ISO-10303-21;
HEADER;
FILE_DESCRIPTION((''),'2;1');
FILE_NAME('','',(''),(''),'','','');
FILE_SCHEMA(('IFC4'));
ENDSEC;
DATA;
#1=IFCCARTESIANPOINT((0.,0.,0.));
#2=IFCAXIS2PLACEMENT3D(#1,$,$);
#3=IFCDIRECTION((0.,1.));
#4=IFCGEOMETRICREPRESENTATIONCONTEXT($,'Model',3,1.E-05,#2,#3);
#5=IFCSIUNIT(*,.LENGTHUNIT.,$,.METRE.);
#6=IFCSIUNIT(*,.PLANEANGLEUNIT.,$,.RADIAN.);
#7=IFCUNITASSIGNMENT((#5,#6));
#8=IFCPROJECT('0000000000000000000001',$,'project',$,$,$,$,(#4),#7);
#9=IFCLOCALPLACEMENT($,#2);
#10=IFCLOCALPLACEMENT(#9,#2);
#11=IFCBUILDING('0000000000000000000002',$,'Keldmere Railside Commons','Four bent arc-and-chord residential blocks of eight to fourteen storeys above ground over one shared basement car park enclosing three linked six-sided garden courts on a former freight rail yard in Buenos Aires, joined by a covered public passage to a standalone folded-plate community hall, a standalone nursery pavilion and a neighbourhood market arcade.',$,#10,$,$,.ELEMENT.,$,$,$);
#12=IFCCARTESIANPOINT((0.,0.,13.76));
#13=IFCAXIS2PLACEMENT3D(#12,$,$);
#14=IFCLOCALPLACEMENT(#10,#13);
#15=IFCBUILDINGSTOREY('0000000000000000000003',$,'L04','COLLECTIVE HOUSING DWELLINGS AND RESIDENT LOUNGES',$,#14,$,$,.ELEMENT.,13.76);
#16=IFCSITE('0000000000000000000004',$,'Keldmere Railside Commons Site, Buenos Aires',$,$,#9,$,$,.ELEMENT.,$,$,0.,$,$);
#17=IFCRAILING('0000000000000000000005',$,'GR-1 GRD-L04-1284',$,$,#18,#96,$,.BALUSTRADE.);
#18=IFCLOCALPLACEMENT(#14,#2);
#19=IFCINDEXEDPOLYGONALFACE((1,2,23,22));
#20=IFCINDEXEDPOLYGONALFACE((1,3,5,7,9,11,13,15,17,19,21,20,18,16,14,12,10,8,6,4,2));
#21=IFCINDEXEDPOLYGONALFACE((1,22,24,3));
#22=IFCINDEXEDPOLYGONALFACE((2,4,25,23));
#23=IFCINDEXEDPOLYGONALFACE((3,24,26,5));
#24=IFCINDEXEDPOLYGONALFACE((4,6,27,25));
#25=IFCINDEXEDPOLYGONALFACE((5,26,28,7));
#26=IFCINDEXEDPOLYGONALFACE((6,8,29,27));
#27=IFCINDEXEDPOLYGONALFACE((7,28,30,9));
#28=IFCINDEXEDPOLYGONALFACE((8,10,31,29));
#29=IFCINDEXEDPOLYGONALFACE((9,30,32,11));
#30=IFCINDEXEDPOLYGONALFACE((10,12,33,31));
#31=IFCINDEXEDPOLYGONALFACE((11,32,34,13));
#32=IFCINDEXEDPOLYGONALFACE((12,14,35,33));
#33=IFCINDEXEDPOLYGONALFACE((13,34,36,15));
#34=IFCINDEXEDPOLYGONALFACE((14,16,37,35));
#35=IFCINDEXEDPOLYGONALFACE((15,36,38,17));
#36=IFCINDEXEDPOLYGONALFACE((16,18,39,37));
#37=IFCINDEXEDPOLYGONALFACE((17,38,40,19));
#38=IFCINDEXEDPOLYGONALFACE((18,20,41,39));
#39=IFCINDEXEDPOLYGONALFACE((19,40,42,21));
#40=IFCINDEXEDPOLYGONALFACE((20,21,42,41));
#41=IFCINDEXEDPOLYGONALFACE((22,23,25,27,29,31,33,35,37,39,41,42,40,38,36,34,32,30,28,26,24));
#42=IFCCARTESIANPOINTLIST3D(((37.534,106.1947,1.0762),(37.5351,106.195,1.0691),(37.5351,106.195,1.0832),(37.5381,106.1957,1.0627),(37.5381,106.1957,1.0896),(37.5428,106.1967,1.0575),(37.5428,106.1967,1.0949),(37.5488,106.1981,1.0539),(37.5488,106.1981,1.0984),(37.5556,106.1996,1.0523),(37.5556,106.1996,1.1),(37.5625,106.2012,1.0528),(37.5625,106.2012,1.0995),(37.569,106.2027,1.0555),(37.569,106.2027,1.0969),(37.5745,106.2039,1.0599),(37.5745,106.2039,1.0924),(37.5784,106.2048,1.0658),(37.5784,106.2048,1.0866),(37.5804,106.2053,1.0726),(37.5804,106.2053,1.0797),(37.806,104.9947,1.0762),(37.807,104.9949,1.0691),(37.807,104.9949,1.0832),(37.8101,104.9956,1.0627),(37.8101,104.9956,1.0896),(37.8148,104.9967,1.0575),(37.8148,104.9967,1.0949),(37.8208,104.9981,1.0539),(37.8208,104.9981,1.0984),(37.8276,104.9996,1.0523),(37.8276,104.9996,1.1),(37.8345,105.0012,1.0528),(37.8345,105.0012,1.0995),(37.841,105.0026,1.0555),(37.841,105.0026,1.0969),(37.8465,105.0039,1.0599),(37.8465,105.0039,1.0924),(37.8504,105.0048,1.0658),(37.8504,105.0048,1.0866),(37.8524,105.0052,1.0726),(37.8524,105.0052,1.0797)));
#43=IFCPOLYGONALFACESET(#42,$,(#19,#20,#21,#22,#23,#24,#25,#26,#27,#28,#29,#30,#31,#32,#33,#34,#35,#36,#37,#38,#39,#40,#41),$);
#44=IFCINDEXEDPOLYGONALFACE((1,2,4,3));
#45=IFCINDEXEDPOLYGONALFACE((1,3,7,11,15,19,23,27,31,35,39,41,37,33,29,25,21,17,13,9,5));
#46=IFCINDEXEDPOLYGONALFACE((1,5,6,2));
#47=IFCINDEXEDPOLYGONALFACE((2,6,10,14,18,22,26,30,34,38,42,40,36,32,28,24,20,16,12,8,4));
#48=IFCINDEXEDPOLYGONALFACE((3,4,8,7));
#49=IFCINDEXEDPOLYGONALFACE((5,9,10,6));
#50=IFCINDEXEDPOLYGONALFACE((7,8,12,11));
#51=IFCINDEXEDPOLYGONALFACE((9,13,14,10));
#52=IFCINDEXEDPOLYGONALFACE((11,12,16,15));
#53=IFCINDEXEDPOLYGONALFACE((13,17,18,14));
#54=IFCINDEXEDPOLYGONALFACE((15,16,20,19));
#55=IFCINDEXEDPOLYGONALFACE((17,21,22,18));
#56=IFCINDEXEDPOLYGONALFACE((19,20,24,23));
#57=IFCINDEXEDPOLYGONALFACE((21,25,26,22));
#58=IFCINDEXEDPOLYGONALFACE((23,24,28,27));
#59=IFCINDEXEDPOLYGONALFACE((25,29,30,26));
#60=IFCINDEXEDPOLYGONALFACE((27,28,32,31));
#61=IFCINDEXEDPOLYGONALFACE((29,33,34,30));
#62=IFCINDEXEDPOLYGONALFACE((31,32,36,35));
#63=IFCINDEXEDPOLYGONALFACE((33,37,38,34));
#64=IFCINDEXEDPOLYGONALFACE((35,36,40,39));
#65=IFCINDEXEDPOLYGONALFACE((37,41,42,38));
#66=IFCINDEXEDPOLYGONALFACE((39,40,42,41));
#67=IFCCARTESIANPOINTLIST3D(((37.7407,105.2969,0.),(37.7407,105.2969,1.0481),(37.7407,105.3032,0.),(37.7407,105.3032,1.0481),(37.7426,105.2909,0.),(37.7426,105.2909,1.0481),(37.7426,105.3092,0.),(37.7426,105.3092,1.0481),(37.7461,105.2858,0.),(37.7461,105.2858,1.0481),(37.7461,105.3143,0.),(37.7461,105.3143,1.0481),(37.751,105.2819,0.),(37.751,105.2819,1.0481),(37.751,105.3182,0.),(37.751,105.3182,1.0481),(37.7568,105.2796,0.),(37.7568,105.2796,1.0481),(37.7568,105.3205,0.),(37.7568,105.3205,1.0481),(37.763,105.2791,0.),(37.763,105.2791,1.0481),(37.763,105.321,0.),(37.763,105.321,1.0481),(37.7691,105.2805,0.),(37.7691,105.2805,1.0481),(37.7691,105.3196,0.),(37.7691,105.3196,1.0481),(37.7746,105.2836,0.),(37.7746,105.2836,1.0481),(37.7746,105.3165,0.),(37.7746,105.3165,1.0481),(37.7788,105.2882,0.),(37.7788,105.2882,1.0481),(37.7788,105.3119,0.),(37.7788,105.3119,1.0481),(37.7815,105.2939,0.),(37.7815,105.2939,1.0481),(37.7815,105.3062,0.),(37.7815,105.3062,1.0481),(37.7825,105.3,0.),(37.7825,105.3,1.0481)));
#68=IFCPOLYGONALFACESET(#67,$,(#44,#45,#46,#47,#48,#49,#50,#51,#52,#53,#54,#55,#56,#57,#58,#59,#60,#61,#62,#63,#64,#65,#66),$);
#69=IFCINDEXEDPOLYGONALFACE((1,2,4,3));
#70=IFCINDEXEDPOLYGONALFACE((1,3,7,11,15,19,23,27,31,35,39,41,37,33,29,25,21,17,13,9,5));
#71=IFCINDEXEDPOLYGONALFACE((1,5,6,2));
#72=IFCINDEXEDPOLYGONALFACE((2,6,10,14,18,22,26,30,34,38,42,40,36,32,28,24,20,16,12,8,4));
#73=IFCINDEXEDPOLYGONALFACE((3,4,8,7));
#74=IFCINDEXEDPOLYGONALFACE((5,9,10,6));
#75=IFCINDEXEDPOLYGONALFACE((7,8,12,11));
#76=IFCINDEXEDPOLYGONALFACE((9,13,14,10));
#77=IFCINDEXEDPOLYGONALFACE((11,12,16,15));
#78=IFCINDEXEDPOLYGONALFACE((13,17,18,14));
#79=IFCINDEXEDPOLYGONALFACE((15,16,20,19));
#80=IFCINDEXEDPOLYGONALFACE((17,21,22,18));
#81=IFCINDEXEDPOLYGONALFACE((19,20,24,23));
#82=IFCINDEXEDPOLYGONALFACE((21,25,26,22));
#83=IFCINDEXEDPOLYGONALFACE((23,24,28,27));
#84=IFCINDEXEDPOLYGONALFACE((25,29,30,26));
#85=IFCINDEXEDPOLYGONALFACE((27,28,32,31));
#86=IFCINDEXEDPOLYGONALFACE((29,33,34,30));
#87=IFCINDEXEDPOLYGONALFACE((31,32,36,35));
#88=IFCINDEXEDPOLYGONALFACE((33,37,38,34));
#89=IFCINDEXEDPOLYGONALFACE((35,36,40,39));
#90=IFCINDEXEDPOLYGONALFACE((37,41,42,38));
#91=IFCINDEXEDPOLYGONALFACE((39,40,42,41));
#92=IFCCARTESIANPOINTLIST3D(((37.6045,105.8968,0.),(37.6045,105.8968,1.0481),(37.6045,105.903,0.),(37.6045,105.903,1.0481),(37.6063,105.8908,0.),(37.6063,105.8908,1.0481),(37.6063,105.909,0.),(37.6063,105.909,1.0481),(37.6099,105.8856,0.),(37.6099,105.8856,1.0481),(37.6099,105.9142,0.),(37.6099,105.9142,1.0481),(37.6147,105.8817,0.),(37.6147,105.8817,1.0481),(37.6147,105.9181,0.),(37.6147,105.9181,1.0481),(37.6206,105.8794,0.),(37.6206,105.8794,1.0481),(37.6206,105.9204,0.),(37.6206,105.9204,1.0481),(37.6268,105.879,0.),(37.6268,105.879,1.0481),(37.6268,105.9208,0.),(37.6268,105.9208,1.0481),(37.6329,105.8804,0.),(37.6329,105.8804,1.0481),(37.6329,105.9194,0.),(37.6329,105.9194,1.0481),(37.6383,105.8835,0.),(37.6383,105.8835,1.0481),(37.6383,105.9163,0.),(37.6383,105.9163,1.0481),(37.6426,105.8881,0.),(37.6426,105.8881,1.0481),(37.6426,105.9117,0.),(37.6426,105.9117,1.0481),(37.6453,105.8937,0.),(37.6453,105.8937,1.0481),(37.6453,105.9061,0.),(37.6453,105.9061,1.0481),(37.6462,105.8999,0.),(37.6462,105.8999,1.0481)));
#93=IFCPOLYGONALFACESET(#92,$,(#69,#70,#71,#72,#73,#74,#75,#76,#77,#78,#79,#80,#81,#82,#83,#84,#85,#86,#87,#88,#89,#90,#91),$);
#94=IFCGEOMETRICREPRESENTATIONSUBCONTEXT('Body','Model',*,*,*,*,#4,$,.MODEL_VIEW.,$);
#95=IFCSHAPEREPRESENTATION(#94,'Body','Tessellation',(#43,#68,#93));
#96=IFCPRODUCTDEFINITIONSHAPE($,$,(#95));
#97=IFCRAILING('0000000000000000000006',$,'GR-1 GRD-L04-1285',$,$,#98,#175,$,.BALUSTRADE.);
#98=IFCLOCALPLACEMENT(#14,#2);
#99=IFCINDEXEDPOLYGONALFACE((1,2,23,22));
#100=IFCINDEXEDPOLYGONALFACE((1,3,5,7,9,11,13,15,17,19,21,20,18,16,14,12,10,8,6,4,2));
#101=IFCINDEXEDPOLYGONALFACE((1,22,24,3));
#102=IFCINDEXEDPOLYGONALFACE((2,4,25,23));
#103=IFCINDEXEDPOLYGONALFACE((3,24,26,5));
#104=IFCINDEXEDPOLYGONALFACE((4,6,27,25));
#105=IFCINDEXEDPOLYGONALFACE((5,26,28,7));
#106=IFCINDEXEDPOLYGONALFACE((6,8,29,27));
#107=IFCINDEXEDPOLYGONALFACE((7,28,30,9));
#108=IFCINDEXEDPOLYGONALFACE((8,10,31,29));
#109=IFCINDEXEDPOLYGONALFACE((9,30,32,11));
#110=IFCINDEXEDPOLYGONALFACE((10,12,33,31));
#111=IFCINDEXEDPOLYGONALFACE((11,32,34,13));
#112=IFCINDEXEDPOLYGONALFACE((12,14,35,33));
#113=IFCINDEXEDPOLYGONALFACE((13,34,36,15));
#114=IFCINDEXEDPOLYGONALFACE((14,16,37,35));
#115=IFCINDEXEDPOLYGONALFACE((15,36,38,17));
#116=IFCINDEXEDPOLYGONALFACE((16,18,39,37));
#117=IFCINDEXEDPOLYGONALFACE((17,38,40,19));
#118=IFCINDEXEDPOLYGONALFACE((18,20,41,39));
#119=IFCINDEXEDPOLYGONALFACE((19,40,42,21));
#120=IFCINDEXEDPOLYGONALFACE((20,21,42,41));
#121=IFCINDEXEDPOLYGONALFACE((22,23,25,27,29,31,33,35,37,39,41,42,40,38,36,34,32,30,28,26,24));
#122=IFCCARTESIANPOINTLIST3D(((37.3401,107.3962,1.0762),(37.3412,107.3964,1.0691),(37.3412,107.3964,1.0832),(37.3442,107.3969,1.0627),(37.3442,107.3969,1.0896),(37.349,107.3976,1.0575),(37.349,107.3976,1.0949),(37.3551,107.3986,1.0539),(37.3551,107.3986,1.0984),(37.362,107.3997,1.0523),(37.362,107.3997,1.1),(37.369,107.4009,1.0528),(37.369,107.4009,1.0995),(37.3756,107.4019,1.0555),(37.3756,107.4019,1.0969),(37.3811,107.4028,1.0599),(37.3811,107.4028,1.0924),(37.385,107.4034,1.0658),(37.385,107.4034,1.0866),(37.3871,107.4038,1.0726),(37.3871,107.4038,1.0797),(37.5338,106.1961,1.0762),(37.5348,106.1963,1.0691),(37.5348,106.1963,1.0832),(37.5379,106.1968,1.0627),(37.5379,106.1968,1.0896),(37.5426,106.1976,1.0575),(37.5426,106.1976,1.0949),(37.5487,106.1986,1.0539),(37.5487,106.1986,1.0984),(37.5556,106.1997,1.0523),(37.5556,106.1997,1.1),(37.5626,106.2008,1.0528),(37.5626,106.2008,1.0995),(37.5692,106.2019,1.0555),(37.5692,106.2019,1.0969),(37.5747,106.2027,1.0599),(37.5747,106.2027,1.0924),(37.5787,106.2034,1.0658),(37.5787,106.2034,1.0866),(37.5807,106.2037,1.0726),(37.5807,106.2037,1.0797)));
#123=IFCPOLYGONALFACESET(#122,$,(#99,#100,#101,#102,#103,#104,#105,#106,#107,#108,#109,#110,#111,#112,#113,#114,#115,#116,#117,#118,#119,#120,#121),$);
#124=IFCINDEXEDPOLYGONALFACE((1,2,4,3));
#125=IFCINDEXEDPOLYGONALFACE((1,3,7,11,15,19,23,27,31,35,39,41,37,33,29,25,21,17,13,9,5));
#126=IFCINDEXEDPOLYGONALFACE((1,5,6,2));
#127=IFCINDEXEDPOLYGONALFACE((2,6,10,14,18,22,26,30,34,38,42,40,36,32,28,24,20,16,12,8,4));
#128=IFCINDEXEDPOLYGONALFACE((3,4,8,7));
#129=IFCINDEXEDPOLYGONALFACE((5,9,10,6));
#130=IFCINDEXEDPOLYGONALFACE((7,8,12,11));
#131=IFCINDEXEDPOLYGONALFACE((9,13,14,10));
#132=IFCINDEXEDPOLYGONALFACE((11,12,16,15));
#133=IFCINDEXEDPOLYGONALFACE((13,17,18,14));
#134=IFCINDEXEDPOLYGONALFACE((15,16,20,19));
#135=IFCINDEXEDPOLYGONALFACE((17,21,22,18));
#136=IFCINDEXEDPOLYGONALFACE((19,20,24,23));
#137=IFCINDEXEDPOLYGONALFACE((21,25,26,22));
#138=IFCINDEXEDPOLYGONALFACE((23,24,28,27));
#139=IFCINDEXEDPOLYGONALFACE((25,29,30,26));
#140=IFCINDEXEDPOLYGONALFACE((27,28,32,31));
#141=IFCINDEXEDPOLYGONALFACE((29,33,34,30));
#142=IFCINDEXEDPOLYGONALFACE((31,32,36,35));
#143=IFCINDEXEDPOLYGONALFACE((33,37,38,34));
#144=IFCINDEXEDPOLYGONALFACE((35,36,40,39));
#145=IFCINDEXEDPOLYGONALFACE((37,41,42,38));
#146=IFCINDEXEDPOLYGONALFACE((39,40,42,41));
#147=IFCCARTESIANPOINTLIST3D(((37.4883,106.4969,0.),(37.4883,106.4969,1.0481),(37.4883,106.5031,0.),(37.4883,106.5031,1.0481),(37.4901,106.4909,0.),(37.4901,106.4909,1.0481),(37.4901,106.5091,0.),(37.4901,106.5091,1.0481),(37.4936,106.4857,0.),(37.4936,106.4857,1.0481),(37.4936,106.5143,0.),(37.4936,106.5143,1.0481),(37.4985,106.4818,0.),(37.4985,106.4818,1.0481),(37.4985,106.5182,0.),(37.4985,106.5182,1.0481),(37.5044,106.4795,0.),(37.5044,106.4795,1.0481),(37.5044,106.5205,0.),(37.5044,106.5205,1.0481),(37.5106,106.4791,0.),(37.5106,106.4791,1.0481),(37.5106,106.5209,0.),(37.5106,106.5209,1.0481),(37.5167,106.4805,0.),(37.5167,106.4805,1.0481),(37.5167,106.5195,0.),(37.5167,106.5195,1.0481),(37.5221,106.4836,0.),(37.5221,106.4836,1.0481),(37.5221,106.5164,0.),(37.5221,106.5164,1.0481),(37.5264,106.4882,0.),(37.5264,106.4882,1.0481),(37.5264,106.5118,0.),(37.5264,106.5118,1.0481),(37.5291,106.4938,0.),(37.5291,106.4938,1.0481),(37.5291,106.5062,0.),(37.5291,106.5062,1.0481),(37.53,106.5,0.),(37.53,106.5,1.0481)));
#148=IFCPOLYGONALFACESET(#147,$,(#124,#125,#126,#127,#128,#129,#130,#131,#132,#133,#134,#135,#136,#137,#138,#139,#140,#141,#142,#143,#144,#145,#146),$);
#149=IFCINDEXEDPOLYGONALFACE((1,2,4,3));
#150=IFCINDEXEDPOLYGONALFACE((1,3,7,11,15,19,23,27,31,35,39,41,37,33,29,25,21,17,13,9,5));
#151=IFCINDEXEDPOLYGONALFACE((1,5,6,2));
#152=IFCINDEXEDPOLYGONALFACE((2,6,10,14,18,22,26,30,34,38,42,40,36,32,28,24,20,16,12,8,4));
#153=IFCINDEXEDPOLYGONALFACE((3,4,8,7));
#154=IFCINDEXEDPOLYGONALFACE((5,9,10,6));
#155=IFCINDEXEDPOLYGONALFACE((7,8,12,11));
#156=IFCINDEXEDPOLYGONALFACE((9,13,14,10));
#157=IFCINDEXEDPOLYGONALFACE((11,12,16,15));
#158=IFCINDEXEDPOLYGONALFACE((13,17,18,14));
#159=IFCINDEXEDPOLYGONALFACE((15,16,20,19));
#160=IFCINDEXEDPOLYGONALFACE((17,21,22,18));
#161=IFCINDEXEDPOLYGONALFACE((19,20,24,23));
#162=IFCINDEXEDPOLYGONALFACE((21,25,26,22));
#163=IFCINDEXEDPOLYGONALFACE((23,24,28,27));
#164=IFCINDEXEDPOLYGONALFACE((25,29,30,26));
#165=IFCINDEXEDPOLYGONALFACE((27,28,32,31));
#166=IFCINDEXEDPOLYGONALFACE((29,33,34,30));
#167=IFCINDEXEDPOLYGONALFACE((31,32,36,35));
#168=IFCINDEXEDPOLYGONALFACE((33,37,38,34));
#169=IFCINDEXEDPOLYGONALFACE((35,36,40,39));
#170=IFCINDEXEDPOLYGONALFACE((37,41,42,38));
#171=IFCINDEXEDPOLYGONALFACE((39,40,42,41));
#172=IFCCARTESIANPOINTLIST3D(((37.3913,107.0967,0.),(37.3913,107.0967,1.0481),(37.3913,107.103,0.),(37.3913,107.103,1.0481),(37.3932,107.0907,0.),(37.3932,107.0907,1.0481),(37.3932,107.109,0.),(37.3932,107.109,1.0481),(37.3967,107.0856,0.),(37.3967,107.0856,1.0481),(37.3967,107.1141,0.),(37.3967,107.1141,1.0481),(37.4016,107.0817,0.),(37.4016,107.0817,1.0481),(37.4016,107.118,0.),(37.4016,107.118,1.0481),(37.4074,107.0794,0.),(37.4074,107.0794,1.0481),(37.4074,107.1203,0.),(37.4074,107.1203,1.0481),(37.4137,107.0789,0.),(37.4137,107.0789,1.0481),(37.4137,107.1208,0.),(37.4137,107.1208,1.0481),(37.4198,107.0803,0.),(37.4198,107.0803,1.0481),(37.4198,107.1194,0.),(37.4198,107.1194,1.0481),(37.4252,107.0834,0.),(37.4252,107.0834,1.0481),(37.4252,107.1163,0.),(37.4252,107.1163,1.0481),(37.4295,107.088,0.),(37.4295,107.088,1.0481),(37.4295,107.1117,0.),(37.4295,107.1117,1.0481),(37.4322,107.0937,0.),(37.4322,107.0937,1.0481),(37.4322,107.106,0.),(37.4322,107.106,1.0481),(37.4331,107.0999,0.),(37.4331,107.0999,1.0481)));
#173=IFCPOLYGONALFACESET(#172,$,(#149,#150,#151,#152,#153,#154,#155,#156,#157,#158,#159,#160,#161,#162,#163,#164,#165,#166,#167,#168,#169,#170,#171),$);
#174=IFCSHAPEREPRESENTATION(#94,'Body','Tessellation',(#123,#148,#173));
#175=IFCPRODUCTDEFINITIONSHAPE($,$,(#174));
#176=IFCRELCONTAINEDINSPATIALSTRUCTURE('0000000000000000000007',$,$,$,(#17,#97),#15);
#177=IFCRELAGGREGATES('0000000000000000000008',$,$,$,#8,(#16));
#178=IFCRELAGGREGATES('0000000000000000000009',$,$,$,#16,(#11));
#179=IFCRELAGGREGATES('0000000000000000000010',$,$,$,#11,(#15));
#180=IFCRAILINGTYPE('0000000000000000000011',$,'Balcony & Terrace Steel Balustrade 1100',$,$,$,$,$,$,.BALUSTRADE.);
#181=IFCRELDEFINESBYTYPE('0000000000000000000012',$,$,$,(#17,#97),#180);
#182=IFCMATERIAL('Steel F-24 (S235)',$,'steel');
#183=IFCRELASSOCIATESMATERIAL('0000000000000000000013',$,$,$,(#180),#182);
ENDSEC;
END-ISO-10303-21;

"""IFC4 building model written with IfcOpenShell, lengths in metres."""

from ifc_helpers import new_model, si_unit, direction, frame, origin, origin_2d, place, context, subcontext, project, spatial, circle, extrude, material, type_object, element, save


model = new_model("IFC4")

# Units and contexts
model_context = context("Model", 3, precision=1e-05, world=origin(), true_north=direction((0.0, 1.0)))
body_context = subcontext(model_context, "Body", "Model", "MODEL_VIEW")
ifc_project = project(units=[si_unit("LENGTHUNIT", "METRE"), si_unit("PLANEANGLEUNIT", "RADIAN")], contexts=[model_context])

# Site, building, storey
site_placement = place(None, origin())
site = spatial("IfcSite", under=ifc_project, at=site_placement, Name="Keldmere Railside Commons Site, Buenos Aires", CompositionType="ELEMENT", RefElevation=0.0)
building_placement = place(site_placement, origin())
building = spatial("IfcBuilding", under=site, at=building_placement, Name="Keldmere Railside Commons", Description="Four bent arc-and-chord residential blocks of eight to fourteen storeys above ground over one shared basement car park enclosing three linked six-sided garden courts on a former freight rail yard in Buenos Aires, joined by a covered public passage to a standalone folded-plate community hall, a standalone nursery pavilion and a neighbourhood market arcade.", CompositionType="ELEMENT")
storey_placement = place(building_placement, frame((0.0, 0.0, 13.76)))
storey = spatial("IfcBuildingStorey", under=building, at=storey_placement, Name="L04", Description="COLLECTIVE HOUSING DWELLINGS AND RESIDENT LOUNGES", CompositionType="ELEMENT", Elevation=13.76)

# Railings
ifc_material_1 = material(Name="Steel F-24 (S235)", Category="steel")
railing_type = type_object("IfcRailingType", Name="Balcony & Terrace Steel Balustrade 1100", PredefinedType="BALUSTRADE", material=ifc_material_1)
railing_1_placement = place(storey_placement, frame((37.8293, 105.0, 0.0)))
element("IfcRailing", 1, at=railing_1_placement, inside=storey, type_object=railing_type, Name="GR-1 GRD-L04-1284", PredefinedType="BALUSTRADE", context=body_context, shape_type="SweptSolid", body=[
    extrude(circle(Radius=0.0239, at=origin_2d()), frame((0.0, 0.0, 1.0762), z_axis=(-0.221046, 0.975263, 0.0), x_axis=(-0.975263, -0.221046, 0.0)), (0.0, 0.0, 1.0), 1.2305),
    extrude(circle(Radius=0.021, at=origin_2d()), frame((-0.0679, 0.3, 0.0)), (0.0, 0.0, 1.0), 1.0481),
    extrude(circle(Radius=0.021, at=origin_2d()), frame((-0.2041, 0.8999, 0.0)), (0.0, 0.0, 1.0), 1.0481),
])
railing_2_placement = place(storey_placement, frame((37.5574, 106.2, 0.0)))
element("IfcRailing", 2, at=railing_2_placement, inside=storey, type_object=railing_type, Name="GR-1 GRD-L04-1285", PredefinedType="BALUSTRADE", context=body_context, shape_type="SweptSolid", body=[
    extrude(circle(Radius=0.0239, at=origin_2d()), frame((0.0, 0.0, 1.0762), z_axis=(-0.159283, 0.987233, 0.0), x_axis=(-0.987233, -0.159283, 0.0)), (0.0, 0.0, 1.0), 1.2156),
    extrude(circle(Radius=0.021, at=origin_2d()), frame((-0.0483, 0.3, 0.0)), (0.0, 0.0, 1.0), 1.0481),
    extrude(circle(Radius=0.021, at=origin_2d()), frame((-0.1453, 0.8999, 0.0)), (0.0, 0.0, 1.0), 1.0481),
])

save(model, "model.ifc")
